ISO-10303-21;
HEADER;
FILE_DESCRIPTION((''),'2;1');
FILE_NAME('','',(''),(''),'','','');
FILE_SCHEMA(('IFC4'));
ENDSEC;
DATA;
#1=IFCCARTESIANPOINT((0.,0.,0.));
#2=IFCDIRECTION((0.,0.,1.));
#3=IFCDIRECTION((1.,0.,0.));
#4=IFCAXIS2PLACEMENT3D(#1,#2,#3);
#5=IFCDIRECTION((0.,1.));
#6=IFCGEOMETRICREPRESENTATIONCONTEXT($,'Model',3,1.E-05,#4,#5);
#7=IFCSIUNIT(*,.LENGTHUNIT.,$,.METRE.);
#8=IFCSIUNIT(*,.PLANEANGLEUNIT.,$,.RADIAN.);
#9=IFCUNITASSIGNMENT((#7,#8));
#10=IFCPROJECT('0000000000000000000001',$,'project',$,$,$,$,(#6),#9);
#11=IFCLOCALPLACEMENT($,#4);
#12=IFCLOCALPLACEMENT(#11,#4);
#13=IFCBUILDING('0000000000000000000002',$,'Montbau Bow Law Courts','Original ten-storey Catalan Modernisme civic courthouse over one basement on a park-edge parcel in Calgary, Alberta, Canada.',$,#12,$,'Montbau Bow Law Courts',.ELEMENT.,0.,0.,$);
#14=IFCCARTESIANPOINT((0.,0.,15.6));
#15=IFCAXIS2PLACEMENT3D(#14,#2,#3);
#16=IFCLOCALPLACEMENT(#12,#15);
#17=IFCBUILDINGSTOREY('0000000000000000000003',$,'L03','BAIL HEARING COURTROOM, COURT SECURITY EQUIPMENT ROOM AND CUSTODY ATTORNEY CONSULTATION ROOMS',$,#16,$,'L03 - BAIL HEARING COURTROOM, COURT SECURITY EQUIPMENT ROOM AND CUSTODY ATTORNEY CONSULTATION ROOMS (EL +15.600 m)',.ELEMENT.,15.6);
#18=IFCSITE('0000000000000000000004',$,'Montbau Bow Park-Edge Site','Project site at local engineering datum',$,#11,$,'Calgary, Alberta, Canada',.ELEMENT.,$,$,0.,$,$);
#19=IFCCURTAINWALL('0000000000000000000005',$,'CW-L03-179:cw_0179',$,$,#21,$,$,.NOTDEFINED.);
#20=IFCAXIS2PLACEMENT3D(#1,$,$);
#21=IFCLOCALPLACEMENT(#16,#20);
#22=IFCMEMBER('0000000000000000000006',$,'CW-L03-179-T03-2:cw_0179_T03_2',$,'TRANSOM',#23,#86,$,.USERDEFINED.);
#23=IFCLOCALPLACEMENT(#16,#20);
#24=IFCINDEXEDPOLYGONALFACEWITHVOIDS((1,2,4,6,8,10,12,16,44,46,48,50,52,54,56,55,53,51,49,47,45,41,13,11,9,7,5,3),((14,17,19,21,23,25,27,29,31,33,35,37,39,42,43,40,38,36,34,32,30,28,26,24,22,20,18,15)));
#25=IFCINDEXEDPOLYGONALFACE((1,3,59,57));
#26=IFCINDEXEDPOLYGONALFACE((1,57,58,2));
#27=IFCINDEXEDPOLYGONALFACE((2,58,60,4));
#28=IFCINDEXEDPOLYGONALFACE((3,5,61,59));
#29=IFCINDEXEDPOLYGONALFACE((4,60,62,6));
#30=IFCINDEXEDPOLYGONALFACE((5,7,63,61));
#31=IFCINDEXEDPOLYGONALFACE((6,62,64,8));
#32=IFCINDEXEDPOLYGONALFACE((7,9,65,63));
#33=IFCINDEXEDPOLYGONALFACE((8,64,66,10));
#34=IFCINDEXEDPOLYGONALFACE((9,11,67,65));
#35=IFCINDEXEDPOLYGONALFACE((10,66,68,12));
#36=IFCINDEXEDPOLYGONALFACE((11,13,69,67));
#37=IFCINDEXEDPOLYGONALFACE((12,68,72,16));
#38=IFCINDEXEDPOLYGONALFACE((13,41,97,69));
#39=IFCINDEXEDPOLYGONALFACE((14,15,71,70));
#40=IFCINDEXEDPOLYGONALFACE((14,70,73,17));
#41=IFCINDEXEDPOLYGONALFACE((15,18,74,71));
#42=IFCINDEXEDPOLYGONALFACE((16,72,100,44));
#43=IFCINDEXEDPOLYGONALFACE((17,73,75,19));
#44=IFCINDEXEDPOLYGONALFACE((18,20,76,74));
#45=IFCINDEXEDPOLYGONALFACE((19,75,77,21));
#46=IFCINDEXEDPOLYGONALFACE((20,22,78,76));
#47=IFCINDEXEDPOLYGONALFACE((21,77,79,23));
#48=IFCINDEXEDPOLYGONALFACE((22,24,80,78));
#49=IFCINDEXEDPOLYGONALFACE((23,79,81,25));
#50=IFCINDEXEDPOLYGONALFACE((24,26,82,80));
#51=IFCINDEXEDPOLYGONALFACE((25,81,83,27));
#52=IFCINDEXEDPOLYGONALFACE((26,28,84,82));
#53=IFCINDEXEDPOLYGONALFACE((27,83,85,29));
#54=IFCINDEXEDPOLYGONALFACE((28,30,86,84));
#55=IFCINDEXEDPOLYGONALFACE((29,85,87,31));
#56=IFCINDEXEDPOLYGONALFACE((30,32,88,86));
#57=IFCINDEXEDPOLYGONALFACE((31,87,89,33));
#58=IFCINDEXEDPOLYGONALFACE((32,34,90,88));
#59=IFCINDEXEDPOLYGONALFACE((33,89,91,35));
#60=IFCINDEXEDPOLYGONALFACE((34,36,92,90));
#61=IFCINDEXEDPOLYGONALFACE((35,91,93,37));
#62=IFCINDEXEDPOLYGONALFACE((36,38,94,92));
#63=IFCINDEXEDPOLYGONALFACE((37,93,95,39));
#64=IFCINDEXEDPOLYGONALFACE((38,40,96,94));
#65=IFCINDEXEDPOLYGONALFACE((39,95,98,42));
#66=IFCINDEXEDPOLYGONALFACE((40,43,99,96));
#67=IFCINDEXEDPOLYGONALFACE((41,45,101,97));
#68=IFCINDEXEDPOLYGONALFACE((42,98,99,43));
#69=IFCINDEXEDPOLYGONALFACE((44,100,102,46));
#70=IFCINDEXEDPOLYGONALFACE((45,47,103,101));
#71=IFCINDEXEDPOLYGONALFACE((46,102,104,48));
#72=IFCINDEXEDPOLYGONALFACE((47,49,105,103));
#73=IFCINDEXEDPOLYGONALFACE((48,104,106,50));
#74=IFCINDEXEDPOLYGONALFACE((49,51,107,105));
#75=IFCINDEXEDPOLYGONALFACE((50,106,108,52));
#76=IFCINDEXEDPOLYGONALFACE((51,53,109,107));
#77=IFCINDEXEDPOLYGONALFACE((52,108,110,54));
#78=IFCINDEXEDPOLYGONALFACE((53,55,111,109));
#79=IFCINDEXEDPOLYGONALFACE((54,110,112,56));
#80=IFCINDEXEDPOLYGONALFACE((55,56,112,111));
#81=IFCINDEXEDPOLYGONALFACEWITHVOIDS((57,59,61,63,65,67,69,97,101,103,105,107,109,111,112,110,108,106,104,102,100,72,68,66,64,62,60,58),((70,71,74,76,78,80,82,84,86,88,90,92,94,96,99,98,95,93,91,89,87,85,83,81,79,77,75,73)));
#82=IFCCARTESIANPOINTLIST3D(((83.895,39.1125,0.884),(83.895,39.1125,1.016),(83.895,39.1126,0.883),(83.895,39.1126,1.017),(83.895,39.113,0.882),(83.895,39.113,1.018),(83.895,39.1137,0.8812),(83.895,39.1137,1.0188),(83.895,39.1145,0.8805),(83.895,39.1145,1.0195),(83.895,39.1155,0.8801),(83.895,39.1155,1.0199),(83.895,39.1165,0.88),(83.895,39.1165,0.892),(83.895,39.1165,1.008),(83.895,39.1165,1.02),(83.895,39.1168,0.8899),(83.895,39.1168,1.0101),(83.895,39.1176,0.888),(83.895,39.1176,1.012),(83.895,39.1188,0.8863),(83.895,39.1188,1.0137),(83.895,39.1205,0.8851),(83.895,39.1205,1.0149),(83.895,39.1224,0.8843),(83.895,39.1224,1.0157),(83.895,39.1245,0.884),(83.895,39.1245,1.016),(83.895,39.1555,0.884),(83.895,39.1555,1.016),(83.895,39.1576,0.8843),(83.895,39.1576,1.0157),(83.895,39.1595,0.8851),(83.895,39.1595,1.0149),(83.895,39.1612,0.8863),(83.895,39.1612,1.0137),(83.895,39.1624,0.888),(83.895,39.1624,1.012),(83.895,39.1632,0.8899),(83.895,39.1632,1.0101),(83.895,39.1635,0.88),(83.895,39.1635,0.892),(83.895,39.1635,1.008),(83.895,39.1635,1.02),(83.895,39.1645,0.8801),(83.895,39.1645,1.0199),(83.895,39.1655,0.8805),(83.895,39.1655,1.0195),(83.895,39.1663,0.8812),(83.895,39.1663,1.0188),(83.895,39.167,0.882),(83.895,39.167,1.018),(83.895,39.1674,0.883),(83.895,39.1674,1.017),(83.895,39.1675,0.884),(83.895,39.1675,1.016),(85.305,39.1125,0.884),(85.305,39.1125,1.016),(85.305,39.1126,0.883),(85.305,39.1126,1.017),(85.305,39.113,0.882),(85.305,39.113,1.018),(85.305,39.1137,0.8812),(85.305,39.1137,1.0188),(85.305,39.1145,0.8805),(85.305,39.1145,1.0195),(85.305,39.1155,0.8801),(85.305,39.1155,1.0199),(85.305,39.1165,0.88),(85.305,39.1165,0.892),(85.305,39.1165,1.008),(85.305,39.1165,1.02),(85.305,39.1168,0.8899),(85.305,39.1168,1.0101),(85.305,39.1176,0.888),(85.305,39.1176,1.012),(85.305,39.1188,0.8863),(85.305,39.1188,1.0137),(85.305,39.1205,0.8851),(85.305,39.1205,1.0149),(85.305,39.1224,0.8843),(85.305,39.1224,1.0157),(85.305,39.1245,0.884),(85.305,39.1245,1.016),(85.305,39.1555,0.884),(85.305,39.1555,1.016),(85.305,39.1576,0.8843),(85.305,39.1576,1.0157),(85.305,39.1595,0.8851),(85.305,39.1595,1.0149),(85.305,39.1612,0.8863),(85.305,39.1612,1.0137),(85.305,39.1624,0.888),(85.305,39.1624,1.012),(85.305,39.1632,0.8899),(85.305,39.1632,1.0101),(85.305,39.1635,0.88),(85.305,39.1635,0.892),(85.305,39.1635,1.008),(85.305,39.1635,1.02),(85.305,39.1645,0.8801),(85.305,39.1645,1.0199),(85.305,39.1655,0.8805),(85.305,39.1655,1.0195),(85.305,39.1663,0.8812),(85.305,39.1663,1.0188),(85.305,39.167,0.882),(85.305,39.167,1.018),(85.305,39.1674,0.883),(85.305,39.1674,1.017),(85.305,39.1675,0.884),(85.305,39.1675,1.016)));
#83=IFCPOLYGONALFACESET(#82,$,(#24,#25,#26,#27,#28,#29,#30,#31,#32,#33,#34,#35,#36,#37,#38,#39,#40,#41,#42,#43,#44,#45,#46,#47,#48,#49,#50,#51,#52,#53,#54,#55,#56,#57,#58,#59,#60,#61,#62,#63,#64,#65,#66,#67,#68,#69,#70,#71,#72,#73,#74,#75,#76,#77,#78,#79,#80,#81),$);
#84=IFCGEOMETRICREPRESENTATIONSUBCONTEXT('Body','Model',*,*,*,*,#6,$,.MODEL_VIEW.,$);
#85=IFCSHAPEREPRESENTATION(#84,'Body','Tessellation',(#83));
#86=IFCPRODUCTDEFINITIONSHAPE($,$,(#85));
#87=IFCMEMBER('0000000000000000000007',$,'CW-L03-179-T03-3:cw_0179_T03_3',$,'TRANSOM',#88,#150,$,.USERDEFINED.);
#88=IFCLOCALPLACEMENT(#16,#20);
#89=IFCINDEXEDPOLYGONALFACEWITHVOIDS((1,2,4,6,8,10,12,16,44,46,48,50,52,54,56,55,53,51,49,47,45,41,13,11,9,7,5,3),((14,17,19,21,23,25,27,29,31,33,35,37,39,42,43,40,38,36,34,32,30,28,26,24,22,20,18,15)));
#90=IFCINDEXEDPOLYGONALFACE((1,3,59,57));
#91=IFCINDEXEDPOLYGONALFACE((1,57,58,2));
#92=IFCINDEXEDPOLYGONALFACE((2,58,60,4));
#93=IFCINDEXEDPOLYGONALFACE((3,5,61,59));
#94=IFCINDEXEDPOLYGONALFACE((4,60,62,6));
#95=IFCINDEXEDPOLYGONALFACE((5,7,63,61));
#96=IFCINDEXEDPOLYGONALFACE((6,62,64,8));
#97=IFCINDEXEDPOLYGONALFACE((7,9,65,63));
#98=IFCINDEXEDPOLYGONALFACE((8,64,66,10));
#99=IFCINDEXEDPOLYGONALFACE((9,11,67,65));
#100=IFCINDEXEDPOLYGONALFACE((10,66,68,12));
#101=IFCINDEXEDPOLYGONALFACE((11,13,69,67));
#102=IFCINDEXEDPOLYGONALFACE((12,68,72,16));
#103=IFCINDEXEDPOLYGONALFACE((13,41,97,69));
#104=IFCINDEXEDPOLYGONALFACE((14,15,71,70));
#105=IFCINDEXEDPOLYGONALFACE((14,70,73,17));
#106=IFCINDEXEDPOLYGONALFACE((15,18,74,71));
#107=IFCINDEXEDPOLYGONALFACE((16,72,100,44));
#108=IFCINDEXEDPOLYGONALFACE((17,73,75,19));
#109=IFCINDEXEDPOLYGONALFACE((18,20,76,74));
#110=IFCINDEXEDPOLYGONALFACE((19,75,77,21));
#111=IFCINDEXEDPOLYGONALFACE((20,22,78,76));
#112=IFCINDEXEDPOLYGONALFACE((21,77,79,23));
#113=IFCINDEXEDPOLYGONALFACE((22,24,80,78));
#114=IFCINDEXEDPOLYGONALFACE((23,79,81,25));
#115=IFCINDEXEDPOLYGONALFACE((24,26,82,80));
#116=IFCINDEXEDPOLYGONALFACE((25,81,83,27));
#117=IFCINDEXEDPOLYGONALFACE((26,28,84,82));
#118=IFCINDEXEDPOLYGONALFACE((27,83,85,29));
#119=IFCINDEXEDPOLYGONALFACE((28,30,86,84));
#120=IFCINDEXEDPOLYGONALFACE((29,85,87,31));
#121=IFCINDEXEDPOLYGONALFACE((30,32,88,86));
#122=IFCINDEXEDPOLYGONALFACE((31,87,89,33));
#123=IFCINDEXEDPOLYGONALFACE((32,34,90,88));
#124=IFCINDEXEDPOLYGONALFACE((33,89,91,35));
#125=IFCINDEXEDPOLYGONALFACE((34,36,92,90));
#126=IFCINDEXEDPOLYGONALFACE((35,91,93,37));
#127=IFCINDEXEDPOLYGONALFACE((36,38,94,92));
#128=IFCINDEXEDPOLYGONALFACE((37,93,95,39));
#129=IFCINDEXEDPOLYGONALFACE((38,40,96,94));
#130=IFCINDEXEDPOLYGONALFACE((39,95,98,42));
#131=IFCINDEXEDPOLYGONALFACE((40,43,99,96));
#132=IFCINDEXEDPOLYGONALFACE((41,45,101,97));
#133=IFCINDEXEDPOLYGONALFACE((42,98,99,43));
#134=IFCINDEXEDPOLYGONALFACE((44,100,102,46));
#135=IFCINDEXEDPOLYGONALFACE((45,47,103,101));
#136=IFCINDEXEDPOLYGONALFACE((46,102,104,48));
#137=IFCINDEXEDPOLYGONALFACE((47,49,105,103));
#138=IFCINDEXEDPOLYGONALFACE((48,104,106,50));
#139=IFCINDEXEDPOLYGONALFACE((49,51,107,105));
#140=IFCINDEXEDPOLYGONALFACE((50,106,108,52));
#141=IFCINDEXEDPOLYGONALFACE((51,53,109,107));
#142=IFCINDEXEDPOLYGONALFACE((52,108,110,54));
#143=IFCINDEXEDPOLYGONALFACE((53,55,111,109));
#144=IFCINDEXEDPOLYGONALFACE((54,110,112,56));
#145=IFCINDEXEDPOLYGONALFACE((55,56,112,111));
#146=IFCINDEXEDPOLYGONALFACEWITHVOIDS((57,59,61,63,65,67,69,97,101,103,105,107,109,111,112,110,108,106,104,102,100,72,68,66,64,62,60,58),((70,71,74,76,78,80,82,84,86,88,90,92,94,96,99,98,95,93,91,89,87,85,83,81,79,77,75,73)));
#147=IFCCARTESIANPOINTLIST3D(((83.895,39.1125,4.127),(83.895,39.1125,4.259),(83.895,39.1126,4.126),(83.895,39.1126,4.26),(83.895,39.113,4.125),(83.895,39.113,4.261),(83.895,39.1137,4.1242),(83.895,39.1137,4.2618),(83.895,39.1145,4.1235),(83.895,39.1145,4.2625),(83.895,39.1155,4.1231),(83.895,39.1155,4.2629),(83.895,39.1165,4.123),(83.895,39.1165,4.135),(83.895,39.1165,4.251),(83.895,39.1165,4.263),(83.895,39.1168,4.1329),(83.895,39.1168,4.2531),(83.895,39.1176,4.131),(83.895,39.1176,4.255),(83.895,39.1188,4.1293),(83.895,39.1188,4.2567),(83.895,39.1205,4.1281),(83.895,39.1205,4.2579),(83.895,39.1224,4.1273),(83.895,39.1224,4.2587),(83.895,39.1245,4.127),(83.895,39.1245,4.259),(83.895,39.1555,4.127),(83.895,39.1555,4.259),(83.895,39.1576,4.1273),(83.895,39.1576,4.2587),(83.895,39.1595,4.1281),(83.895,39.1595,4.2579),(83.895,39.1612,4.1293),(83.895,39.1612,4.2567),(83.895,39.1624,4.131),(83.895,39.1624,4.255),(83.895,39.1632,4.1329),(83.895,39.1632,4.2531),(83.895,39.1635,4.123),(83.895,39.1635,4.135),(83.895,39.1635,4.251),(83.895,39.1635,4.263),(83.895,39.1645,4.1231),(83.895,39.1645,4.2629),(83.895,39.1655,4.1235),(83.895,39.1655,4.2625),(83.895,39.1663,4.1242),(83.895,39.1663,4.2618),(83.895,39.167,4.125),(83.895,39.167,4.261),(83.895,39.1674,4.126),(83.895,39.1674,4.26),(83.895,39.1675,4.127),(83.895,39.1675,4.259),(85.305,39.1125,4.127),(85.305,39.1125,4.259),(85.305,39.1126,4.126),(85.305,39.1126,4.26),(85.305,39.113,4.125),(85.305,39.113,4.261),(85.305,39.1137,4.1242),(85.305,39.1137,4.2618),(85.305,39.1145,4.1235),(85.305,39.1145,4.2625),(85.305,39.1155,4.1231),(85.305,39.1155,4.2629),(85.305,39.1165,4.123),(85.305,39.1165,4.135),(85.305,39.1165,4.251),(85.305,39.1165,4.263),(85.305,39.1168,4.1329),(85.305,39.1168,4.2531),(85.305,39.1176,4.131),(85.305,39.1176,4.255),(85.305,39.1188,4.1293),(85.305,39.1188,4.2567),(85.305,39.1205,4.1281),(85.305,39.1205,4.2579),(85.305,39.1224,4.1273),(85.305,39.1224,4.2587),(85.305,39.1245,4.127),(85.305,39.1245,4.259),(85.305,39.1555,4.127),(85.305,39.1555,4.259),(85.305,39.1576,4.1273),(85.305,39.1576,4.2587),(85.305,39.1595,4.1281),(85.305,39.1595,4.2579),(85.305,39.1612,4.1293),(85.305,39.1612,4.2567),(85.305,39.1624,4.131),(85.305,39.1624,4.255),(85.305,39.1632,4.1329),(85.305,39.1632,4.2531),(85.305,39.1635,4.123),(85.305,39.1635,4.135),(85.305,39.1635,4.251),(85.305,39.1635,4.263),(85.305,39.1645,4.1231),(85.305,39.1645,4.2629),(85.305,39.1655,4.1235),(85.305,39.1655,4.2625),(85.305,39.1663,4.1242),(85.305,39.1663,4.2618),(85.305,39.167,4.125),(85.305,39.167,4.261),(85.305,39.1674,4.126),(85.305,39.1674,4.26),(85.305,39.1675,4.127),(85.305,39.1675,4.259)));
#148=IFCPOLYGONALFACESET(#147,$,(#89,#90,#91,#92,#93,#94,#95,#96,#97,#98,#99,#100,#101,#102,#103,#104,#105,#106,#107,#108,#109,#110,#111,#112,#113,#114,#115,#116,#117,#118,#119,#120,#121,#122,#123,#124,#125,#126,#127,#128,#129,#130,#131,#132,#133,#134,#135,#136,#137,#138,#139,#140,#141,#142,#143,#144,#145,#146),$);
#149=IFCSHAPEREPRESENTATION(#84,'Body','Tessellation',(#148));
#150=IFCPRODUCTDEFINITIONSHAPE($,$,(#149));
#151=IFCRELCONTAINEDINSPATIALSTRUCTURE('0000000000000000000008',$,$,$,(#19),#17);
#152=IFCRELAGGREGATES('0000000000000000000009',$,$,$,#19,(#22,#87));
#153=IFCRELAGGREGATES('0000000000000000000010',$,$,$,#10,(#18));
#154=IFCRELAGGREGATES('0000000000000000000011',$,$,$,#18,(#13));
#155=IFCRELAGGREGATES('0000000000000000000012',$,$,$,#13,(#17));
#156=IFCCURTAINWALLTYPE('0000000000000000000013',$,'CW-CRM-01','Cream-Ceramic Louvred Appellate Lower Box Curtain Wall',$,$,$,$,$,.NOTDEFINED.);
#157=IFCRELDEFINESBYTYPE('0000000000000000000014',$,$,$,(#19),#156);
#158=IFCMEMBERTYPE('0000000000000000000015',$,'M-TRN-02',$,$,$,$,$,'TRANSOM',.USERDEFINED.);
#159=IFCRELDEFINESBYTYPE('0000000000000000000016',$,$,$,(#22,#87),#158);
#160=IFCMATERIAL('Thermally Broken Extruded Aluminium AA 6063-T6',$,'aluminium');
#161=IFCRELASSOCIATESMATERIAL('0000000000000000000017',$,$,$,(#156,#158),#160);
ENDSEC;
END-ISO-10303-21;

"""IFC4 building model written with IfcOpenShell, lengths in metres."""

from ifc_helpers import new_model, si_unit, direction, frame, origin_with_axes, origin_2d_with_axis, place, context, subcontext, project, spatial, hollow_rectangle, extrude, material, material_profile, profile_set, type_object, element, aggregate, save


model = new_model("IFC4")

# Units and contexts
model_context = context("Model", 3, precision=1e-05, world=origin_with_axes(), true_north=direction((0.0, 1.0)))
body_context = subcontext(model_context, "Body", "Model", "MODEL_VIEW")
ifc_project = project(units=[si_unit("LENGTHUNIT", "METRE"), si_unit("PLANEANGLEUNIT", "RADIAN")], contexts=[model_context])

# Site, building, storey
site_placement = place(None, origin_with_axes())
site = spatial("IfcSite", under=ifc_project, at=site_placement, Name="Montbau Bow Park-Edge Site", Description="Project site at local engineering datum", LongName="Calgary, Alberta, Canada", CompositionType="ELEMENT", RefElevation=0.0)
building_placement = place(site_placement, origin_with_axes())
building = spatial("IfcBuilding", under=site, at=building_placement, Name="Montbau Bow Law Courts", Description="Original ten-storey Catalan Modernisme civic courthouse over one basement on a park-edge parcel in Calgary, Alberta, Canada.", LongName="Montbau Bow Law Courts", CompositionType="ELEMENT", ElevationOfRefHeight=0.0, ElevationOfTerrain=0.0)
storey_placement = place(building_placement, frame((0.0, 0.0, 15.6), z_axis=(0.0, 0.0, 1.0), x_axis=(1.0, 0.0, 0.0)))
storey = spatial("IfcBuildingStorey", under=building, at=storey_placement, Name="L03", Description="BAIL HEARING COURTROOM, COURT SECURITY EQUIPMENT ROOM AND CUSTODY ATTORNEY CONSULTATION ROOMS", LongName="L03 - BAIL HEARING COURTROOM, COURT SECURITY EQUIPMENT ROOM AND CUSTODY ATTORNEY CONSULTATION ROOMS (EL +15.600 m)", CompositionType="ELEMENT", Elevation=15.6)

# Curtain wall, members
ifc_material_1 = material(Name="Thermally Broken Extruded Aluminium AA 6063-T6", Category="aluminium")
curtain_wall_type = type_object("IfcCurtainWallType", Name="CW-CRM-01", Description="Cream-Ceramic Louvred Appellate Lower Box Curtain Wall", PredefinedType="NOTDEFINED", material=ifc_material_1)
curtain_wall_placement = place(None, frame((80.915, 39.14, 15.6), z_axis=(0.0, 0.0, 1.0), x_axis=(1.0, 0.0, 0.0)))
curtain_wall = element("IfcCurtainWall", 1, at=curtain_wall_placement, inside=storey, type_object=curtain_wall_type, Name="CW-L03-179:cw_0179", PredefinedType="NOTDEFINED")
ifc_material_profile_1 = material_profile(ifc_material_1, hollow_rectangle(XDim=0.055, YDim=0.14, WallThickness=0.004, InnerFilletRadius=0.008, OuterFilletRadius=0.004, at=origin_2d_with_axis()), Name="CWT-140X55", Category="Main", Priority=0)
ifc_profile_set_1 = profile_set([ifc_material_profile_1], Name="Thermally Broken Extruded Aluminium AA 6063-T6")
member_type_1 = type_object("IfcMemberType", Name="M-TRN-02", ElementType="TRANSOM", PredefinedType="USERDEFINED", material=ifc_profile_set_1)
member_1_placement = place(None, frame((83.895, 39.14, 16.55), z_axis=(1.0, 0.0, 0.0), x_axis=(0.0, 1.0, 0.0)))
member_1 = element("IfcMember", 2, at=member_1_placement, type_object=member_type_1, Name="CW-L03-179-T03-2:cw_0179_T03_2", ObjectType="TRANSOM", PredefinedType="USERDEFINED", context=body_context, shape_type="SweptSolid", body=[
    extrude(hollow_rectangle(XDim=0.055, YDim=0.14, WallThickness=0.004, InnerFilletRadius=0.008, OuterFilletRadius=0.004, at=origin_2d_with_axis()), origin_with_axes(), (0.0, 0.0, 1.0), 1.41),
])
member_2_placement = place(None, frame((83.895, 39.14, 19.793), z_axis=(1.0, 0.0, 0.0), x_axis=(0.0, 1.0, 0.0)))
member_2 = element("IfcMember", 3, at=member_2_placement, type_object=member_type_1, Name="CW-L03-179-T03-3:cw_0179_T03_3", ObjectType="TRANSOM", PredefinedType="USERDEFINED", context=body_context, shape_type="SweptSolid", body=[
    extrude(hollow_rectangle(XDim=0.055, YDim=0.14, WallThickness=0.004, InnerFilletRadius=0.008, OuterFilletRadius=0.004, at=origin_2d_with_axis()), origin_with_axes(), (0.0, 0.0, 1.0), 1.41),
])
aggregate(curtain_wall, [member_1, member_2])

save(model, "model.ifc")
